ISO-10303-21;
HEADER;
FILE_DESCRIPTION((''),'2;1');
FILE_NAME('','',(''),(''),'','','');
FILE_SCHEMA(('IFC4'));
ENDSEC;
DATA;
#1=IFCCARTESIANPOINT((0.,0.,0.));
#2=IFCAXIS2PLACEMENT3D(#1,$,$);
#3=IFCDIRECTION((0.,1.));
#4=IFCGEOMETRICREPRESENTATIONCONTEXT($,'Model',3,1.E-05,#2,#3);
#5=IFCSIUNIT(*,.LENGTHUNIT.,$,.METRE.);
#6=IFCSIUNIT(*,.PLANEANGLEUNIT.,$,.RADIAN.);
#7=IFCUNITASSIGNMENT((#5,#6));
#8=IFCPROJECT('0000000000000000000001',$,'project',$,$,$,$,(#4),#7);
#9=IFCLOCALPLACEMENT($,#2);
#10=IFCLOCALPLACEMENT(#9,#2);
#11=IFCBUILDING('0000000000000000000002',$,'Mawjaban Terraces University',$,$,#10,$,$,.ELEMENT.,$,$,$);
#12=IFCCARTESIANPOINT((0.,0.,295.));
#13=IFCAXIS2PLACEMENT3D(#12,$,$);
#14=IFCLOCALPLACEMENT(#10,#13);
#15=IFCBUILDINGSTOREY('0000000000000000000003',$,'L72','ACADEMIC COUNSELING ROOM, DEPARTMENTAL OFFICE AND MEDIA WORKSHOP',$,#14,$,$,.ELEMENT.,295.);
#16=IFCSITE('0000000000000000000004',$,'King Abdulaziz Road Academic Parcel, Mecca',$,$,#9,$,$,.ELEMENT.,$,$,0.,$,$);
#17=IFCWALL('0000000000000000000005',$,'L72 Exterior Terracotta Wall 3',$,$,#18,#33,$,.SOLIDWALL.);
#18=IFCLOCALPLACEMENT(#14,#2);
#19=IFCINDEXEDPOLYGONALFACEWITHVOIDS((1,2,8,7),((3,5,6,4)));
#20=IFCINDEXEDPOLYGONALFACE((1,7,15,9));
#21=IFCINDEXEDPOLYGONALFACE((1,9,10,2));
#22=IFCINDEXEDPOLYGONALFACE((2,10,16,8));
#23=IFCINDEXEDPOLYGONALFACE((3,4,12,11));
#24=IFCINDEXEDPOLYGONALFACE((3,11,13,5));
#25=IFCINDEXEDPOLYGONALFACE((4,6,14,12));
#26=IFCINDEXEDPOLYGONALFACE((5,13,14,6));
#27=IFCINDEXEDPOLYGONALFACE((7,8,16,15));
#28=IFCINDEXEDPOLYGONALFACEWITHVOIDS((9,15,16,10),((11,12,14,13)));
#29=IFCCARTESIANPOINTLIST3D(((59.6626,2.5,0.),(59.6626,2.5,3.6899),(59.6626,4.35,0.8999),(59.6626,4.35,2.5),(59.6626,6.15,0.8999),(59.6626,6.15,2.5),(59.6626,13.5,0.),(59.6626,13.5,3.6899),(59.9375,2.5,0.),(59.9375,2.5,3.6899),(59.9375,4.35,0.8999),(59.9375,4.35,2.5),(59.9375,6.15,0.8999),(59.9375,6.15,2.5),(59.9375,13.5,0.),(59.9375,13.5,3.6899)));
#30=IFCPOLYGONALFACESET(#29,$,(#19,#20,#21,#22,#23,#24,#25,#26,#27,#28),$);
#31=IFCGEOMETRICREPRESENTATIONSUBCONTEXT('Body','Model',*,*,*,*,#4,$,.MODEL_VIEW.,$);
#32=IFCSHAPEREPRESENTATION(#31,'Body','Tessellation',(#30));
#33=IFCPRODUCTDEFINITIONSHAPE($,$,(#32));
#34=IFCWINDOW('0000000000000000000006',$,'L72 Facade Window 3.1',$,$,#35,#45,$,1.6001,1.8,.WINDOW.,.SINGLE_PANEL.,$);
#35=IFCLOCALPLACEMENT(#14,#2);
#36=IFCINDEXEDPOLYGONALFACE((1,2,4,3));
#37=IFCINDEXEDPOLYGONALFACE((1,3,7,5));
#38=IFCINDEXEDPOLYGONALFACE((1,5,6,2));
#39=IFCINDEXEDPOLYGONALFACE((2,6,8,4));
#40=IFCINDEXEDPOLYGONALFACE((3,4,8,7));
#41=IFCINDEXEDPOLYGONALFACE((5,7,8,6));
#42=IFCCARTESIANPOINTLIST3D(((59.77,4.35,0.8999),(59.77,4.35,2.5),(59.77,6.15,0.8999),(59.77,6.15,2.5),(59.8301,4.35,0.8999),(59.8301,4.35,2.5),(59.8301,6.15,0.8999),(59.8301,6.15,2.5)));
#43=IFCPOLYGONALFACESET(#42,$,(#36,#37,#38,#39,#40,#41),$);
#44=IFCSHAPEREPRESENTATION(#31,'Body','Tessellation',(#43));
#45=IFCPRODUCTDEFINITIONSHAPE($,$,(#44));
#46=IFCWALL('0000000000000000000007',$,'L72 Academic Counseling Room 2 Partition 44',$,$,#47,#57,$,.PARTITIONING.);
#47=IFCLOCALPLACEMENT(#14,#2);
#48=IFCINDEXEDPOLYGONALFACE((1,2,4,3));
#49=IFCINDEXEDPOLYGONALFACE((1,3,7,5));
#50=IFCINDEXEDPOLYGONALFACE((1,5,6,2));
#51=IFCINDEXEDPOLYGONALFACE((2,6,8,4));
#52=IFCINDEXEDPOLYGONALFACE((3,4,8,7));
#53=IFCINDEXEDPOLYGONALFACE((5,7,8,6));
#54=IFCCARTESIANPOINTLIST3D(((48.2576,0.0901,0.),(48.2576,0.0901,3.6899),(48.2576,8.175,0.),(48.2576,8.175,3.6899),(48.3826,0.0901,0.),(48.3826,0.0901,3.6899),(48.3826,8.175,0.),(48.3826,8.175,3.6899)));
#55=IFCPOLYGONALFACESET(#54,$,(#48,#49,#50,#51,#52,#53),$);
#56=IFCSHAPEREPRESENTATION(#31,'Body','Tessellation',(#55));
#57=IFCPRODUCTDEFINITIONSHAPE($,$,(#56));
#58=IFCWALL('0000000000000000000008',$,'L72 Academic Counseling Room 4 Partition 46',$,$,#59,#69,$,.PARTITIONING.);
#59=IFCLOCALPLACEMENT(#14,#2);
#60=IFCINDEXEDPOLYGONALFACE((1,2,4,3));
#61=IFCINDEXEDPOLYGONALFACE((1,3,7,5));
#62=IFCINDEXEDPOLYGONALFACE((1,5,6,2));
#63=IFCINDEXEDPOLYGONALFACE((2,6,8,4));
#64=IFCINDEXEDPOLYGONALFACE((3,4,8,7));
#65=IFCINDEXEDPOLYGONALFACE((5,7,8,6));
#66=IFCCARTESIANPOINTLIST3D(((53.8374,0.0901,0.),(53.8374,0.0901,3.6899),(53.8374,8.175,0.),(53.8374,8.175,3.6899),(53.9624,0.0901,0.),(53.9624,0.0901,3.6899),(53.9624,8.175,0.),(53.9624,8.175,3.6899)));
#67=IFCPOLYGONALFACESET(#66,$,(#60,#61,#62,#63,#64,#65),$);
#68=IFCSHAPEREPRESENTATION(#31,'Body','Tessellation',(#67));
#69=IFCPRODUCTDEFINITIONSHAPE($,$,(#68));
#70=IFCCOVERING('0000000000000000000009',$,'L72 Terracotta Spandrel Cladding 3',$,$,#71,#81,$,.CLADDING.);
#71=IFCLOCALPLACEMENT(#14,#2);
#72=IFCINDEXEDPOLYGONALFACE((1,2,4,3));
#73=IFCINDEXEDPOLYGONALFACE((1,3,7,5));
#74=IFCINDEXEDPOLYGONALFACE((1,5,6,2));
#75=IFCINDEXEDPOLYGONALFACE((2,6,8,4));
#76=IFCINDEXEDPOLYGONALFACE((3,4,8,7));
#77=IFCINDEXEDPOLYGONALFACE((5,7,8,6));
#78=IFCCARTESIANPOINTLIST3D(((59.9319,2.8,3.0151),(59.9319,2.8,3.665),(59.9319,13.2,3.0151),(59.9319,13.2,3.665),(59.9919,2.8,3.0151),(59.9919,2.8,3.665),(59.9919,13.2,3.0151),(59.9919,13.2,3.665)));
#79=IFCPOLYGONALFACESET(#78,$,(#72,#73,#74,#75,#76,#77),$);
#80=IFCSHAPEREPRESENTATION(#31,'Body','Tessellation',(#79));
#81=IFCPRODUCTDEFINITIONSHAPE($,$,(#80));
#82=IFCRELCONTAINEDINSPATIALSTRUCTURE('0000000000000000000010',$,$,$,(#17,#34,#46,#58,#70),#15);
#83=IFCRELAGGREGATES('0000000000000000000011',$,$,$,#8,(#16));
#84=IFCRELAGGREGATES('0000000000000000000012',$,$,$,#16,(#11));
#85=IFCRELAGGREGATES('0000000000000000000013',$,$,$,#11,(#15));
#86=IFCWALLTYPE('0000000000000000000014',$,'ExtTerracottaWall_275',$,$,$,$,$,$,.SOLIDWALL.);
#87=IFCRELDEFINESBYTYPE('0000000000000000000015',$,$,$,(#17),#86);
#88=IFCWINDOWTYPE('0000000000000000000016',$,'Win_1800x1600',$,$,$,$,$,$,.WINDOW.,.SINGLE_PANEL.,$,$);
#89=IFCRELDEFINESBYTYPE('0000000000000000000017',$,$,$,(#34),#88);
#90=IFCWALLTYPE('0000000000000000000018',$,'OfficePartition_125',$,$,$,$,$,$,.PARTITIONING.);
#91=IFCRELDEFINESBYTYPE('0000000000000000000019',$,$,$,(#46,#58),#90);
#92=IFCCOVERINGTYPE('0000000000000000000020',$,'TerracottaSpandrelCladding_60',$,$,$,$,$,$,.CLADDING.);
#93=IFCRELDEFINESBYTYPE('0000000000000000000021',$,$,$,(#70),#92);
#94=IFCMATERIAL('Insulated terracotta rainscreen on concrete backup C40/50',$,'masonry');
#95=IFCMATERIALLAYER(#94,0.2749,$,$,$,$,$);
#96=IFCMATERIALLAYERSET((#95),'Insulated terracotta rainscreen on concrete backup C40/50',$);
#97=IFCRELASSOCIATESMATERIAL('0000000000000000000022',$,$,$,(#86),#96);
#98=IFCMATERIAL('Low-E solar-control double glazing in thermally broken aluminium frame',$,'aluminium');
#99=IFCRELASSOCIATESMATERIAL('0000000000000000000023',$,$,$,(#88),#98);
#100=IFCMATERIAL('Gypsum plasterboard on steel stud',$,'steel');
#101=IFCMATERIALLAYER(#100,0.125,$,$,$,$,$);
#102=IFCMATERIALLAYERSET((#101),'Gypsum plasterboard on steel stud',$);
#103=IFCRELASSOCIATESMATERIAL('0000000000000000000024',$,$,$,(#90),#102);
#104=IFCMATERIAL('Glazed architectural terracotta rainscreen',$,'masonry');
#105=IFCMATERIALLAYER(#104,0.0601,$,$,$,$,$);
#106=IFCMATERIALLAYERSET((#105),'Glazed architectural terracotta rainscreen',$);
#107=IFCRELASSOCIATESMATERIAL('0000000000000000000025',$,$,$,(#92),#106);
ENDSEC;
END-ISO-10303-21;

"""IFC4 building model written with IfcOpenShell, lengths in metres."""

from ifc_helpers import new_model, si_unit, direction, frame, frame_2d, origin, origin_2d, place, context, subcontext, project, spatial, rectangle, extrude, material, layer, layer_set, type_object, element, fill, save


model = new_model("IFC4")

# Units and contexts
model_context = context("Model", 3, precision=1e-05, world=origin(), true_north=direction((0.0, 1.0)))
body_context = subcontext(model_context, "Body", "Model", "MODEL_VIEW")
ifc_project = project(units=[si_unit("LENGTHUNIT", "METRE"), si_unit("PLANEANGLEUNIT", "RADIAN")], contexts=[model_context])

# Site, building, storey
site_placement = place(None, origin())
site = spatial("IfcSite", under=ifc_project, at=site_placement, Name="King Abdulaziz Road Academic Parcel, Mecca", CompositionType="ELEMENT", RefElevation=0.0)
building_placement = place(site_placement, origin())
building = spatial("IfcBuilding", under=site, at=building_placement, Name="Mawjaban Terraces University", CompositionType="ELEMENT")
storey_placement = place(building_placement, frame((0.0, 0.0, 295.0)))
storey = spatial("IfcBuildingStorey", under=building, at=storey_placement, Name="L72", Description="ACADEMIC COUNSELING ROOM, DEPARTMENTAL OFFICE AND MEDIA WORKSHOP", CompositionType="ELEMENT", Elevation=295.0)

# Shared definitions
ifc_material_1 = material(Name="Insulated terracotta rainscreen on concrete backup C40/50", Category="masonry")
ifc_layer_1 = layer(ifc_material_1, 0.2749)
ifc_layer_set_1 = layer_set([ifc_layer_1], Name="Insulated terracotta rainscreen on concrete backup C40/50")
wall_type_1 = type_object("IfcWallType", Name="ExtTerracottaWall_275", PredefinedType="SOLIDWALL", material=ifc_layer_set_1)

# Wall, opening, window
wall_1_placement = place(storey_placement, frame((59.8, 2.5, 0.0), z_axis=(0.0, 0.0, 1.0), x_axis=(0.0, 1.0, 0.0)))
wall_1 = element("IfcWall", 1, at=wall_1_placement, inside=storey, type_object=wall_type_1, Name="L72 Exterior Terracotta Wall 3", PredefinedType="SOLIDWALL", context=body_context, shape_type="SweptSolid", body=[
    extrude(rectangle(XDim=11.0, YDim=0.2749, at=frame_2d((5.5, 0.0))), origin(), (0.0, 0.0, 1.0), 3.6899),
])
opening_1_placement = place(wall_1_placement, frame((1.8501, 0.0, 0.8999)))
opening_1 = element("IfcOpeningElement", 2, at=opening_1_placement, cuts=wall_1, PredefinedType="OPENING", context=body_context, shape_type="SweptSolid", body=[
    extrude(rectangle(XDim=1.8, YDim=1.6001, at=frame_2d((0.8999, 0.8))), frame((0.0, 0.1475, 0.0), z_axis=(0.0, -1.0, 0.0), x_axis=(1.0, 0.0, 0.0)), (0.0, 0.0, 1.0), 0.2949),
])
ifc_material_2 = material(Name="Low-E solar-control double glazing in thermally broken aluminium frame", Category="aluminium")
window_type = type_object("IfcWindowType", Name="Win_1800x1600", PartitioningType="SINGLE_PANEL", PredefinedType="WINDOW", material=ifc_material_2)
window_placement = place(opening_1_placement, origin())
window = element("IfcWindow", 3, at=window_placement, inside=storey, type_object=window_type, Name="L72 Facade Window 3.1", OverallHeight=1.6001, OverallWidth=1.8, PartitioningType="SINGLE_PANEL", PredefinedType="WINDOW", context=body_context, shape_type="SweptSolid", body=[
    extrude(rectangle(XDim=1.8, YDim=1.6001, at=frame_2d((0.8999, 0.8))), frame((0.0, 0.03, 0.0), z_axis=(0.0, -1.0, 0.0), x_axis=(1.0, 0.0, 0.0)), (0.0, 0.0, 1.0), 0.0601),
])
fill(opening_1, window)

# Walls
ifc_material_3 = material(Name="Gypsum plasterboard on steel stud", Category="steel")
ifc_layer_2 = layer(ifc_material_3, 0.125)
ifc_layer_set_2 = layer_set([ifc_layer_2], Name="Gypsum plasterboard on steel stud")
wall_type_2 = type_object("IfcWallType", Name="OfficePartition_125", PredefinedType="PARTITIONING", material=ifc_layer_set_2)
for number, where, z_axis, x_axis, name in (
    (4, (48.3201, 0.0901, 0.0), (0.0, 0.0, 1.0), (0.0, 1.0, 0.0), "L72 Academic Counseling Room 2 Partition 44"),
    (5, (53.8999, 0.0901, 0.0), (0.0, 0.0, 1.0), (0.0, 1.0, 0.0), "L72 Academic Counseling Room 4 Partition 46"),
):
    element("IfcWall", number, at=place(storey_placement, frame(where, z_axis=z_axis, x_axis=x_axis)), inside=storey, type_object=wall_type_2, Name=name, PredefinedType="PARTITIONING", context=body_context, shape_type="SweptSolid", body=[
        extrude(rectangle(XDim=8.085, YDim=0.125, at=frame_2d((4.0425, 0.0))), origin(), (0.0, 0.0, 1.0), 3.6899),
    ])

# Covering
ifc_material_4 = material(Name="Glazed architectural terracotta rainscreen", Category="masonry")
ifc_layer_3 = layer(ifc_material_4, 0.0601)
ifc_layer_set_3 = layer_set([ifc_layer_3], Name="Glazed architectural terracotta rainscreen")
covering_type = type_object("IfcCoveringType", Name="TerracottaSpandrelCladding_60", PredefinedType="CLADDING", material=ifc_layer_set_3)
covering_placement = place(storey_placement, frame((59.9619, 8.0, 3.0151), z_axis=(0.0, 0.0, 1.0), x_axis=(0.0, 1.0, 0.0)))
element("IfcCovering", 6, at=covering_placement, inside=storey, type_object=covering_type, Name="L72 Terracotta Spandrel Cladding 3", PredefinedType="CLADDING", context=body_context, shape_type="SweptSolid", body=[
    extrude(rectangle(XDim=10.3999, YDim=0.0601, at=origin_2d()), origin(), (0.0, 0.0, 1.0), 0.6499),
])

save(model, "model.ifc")
